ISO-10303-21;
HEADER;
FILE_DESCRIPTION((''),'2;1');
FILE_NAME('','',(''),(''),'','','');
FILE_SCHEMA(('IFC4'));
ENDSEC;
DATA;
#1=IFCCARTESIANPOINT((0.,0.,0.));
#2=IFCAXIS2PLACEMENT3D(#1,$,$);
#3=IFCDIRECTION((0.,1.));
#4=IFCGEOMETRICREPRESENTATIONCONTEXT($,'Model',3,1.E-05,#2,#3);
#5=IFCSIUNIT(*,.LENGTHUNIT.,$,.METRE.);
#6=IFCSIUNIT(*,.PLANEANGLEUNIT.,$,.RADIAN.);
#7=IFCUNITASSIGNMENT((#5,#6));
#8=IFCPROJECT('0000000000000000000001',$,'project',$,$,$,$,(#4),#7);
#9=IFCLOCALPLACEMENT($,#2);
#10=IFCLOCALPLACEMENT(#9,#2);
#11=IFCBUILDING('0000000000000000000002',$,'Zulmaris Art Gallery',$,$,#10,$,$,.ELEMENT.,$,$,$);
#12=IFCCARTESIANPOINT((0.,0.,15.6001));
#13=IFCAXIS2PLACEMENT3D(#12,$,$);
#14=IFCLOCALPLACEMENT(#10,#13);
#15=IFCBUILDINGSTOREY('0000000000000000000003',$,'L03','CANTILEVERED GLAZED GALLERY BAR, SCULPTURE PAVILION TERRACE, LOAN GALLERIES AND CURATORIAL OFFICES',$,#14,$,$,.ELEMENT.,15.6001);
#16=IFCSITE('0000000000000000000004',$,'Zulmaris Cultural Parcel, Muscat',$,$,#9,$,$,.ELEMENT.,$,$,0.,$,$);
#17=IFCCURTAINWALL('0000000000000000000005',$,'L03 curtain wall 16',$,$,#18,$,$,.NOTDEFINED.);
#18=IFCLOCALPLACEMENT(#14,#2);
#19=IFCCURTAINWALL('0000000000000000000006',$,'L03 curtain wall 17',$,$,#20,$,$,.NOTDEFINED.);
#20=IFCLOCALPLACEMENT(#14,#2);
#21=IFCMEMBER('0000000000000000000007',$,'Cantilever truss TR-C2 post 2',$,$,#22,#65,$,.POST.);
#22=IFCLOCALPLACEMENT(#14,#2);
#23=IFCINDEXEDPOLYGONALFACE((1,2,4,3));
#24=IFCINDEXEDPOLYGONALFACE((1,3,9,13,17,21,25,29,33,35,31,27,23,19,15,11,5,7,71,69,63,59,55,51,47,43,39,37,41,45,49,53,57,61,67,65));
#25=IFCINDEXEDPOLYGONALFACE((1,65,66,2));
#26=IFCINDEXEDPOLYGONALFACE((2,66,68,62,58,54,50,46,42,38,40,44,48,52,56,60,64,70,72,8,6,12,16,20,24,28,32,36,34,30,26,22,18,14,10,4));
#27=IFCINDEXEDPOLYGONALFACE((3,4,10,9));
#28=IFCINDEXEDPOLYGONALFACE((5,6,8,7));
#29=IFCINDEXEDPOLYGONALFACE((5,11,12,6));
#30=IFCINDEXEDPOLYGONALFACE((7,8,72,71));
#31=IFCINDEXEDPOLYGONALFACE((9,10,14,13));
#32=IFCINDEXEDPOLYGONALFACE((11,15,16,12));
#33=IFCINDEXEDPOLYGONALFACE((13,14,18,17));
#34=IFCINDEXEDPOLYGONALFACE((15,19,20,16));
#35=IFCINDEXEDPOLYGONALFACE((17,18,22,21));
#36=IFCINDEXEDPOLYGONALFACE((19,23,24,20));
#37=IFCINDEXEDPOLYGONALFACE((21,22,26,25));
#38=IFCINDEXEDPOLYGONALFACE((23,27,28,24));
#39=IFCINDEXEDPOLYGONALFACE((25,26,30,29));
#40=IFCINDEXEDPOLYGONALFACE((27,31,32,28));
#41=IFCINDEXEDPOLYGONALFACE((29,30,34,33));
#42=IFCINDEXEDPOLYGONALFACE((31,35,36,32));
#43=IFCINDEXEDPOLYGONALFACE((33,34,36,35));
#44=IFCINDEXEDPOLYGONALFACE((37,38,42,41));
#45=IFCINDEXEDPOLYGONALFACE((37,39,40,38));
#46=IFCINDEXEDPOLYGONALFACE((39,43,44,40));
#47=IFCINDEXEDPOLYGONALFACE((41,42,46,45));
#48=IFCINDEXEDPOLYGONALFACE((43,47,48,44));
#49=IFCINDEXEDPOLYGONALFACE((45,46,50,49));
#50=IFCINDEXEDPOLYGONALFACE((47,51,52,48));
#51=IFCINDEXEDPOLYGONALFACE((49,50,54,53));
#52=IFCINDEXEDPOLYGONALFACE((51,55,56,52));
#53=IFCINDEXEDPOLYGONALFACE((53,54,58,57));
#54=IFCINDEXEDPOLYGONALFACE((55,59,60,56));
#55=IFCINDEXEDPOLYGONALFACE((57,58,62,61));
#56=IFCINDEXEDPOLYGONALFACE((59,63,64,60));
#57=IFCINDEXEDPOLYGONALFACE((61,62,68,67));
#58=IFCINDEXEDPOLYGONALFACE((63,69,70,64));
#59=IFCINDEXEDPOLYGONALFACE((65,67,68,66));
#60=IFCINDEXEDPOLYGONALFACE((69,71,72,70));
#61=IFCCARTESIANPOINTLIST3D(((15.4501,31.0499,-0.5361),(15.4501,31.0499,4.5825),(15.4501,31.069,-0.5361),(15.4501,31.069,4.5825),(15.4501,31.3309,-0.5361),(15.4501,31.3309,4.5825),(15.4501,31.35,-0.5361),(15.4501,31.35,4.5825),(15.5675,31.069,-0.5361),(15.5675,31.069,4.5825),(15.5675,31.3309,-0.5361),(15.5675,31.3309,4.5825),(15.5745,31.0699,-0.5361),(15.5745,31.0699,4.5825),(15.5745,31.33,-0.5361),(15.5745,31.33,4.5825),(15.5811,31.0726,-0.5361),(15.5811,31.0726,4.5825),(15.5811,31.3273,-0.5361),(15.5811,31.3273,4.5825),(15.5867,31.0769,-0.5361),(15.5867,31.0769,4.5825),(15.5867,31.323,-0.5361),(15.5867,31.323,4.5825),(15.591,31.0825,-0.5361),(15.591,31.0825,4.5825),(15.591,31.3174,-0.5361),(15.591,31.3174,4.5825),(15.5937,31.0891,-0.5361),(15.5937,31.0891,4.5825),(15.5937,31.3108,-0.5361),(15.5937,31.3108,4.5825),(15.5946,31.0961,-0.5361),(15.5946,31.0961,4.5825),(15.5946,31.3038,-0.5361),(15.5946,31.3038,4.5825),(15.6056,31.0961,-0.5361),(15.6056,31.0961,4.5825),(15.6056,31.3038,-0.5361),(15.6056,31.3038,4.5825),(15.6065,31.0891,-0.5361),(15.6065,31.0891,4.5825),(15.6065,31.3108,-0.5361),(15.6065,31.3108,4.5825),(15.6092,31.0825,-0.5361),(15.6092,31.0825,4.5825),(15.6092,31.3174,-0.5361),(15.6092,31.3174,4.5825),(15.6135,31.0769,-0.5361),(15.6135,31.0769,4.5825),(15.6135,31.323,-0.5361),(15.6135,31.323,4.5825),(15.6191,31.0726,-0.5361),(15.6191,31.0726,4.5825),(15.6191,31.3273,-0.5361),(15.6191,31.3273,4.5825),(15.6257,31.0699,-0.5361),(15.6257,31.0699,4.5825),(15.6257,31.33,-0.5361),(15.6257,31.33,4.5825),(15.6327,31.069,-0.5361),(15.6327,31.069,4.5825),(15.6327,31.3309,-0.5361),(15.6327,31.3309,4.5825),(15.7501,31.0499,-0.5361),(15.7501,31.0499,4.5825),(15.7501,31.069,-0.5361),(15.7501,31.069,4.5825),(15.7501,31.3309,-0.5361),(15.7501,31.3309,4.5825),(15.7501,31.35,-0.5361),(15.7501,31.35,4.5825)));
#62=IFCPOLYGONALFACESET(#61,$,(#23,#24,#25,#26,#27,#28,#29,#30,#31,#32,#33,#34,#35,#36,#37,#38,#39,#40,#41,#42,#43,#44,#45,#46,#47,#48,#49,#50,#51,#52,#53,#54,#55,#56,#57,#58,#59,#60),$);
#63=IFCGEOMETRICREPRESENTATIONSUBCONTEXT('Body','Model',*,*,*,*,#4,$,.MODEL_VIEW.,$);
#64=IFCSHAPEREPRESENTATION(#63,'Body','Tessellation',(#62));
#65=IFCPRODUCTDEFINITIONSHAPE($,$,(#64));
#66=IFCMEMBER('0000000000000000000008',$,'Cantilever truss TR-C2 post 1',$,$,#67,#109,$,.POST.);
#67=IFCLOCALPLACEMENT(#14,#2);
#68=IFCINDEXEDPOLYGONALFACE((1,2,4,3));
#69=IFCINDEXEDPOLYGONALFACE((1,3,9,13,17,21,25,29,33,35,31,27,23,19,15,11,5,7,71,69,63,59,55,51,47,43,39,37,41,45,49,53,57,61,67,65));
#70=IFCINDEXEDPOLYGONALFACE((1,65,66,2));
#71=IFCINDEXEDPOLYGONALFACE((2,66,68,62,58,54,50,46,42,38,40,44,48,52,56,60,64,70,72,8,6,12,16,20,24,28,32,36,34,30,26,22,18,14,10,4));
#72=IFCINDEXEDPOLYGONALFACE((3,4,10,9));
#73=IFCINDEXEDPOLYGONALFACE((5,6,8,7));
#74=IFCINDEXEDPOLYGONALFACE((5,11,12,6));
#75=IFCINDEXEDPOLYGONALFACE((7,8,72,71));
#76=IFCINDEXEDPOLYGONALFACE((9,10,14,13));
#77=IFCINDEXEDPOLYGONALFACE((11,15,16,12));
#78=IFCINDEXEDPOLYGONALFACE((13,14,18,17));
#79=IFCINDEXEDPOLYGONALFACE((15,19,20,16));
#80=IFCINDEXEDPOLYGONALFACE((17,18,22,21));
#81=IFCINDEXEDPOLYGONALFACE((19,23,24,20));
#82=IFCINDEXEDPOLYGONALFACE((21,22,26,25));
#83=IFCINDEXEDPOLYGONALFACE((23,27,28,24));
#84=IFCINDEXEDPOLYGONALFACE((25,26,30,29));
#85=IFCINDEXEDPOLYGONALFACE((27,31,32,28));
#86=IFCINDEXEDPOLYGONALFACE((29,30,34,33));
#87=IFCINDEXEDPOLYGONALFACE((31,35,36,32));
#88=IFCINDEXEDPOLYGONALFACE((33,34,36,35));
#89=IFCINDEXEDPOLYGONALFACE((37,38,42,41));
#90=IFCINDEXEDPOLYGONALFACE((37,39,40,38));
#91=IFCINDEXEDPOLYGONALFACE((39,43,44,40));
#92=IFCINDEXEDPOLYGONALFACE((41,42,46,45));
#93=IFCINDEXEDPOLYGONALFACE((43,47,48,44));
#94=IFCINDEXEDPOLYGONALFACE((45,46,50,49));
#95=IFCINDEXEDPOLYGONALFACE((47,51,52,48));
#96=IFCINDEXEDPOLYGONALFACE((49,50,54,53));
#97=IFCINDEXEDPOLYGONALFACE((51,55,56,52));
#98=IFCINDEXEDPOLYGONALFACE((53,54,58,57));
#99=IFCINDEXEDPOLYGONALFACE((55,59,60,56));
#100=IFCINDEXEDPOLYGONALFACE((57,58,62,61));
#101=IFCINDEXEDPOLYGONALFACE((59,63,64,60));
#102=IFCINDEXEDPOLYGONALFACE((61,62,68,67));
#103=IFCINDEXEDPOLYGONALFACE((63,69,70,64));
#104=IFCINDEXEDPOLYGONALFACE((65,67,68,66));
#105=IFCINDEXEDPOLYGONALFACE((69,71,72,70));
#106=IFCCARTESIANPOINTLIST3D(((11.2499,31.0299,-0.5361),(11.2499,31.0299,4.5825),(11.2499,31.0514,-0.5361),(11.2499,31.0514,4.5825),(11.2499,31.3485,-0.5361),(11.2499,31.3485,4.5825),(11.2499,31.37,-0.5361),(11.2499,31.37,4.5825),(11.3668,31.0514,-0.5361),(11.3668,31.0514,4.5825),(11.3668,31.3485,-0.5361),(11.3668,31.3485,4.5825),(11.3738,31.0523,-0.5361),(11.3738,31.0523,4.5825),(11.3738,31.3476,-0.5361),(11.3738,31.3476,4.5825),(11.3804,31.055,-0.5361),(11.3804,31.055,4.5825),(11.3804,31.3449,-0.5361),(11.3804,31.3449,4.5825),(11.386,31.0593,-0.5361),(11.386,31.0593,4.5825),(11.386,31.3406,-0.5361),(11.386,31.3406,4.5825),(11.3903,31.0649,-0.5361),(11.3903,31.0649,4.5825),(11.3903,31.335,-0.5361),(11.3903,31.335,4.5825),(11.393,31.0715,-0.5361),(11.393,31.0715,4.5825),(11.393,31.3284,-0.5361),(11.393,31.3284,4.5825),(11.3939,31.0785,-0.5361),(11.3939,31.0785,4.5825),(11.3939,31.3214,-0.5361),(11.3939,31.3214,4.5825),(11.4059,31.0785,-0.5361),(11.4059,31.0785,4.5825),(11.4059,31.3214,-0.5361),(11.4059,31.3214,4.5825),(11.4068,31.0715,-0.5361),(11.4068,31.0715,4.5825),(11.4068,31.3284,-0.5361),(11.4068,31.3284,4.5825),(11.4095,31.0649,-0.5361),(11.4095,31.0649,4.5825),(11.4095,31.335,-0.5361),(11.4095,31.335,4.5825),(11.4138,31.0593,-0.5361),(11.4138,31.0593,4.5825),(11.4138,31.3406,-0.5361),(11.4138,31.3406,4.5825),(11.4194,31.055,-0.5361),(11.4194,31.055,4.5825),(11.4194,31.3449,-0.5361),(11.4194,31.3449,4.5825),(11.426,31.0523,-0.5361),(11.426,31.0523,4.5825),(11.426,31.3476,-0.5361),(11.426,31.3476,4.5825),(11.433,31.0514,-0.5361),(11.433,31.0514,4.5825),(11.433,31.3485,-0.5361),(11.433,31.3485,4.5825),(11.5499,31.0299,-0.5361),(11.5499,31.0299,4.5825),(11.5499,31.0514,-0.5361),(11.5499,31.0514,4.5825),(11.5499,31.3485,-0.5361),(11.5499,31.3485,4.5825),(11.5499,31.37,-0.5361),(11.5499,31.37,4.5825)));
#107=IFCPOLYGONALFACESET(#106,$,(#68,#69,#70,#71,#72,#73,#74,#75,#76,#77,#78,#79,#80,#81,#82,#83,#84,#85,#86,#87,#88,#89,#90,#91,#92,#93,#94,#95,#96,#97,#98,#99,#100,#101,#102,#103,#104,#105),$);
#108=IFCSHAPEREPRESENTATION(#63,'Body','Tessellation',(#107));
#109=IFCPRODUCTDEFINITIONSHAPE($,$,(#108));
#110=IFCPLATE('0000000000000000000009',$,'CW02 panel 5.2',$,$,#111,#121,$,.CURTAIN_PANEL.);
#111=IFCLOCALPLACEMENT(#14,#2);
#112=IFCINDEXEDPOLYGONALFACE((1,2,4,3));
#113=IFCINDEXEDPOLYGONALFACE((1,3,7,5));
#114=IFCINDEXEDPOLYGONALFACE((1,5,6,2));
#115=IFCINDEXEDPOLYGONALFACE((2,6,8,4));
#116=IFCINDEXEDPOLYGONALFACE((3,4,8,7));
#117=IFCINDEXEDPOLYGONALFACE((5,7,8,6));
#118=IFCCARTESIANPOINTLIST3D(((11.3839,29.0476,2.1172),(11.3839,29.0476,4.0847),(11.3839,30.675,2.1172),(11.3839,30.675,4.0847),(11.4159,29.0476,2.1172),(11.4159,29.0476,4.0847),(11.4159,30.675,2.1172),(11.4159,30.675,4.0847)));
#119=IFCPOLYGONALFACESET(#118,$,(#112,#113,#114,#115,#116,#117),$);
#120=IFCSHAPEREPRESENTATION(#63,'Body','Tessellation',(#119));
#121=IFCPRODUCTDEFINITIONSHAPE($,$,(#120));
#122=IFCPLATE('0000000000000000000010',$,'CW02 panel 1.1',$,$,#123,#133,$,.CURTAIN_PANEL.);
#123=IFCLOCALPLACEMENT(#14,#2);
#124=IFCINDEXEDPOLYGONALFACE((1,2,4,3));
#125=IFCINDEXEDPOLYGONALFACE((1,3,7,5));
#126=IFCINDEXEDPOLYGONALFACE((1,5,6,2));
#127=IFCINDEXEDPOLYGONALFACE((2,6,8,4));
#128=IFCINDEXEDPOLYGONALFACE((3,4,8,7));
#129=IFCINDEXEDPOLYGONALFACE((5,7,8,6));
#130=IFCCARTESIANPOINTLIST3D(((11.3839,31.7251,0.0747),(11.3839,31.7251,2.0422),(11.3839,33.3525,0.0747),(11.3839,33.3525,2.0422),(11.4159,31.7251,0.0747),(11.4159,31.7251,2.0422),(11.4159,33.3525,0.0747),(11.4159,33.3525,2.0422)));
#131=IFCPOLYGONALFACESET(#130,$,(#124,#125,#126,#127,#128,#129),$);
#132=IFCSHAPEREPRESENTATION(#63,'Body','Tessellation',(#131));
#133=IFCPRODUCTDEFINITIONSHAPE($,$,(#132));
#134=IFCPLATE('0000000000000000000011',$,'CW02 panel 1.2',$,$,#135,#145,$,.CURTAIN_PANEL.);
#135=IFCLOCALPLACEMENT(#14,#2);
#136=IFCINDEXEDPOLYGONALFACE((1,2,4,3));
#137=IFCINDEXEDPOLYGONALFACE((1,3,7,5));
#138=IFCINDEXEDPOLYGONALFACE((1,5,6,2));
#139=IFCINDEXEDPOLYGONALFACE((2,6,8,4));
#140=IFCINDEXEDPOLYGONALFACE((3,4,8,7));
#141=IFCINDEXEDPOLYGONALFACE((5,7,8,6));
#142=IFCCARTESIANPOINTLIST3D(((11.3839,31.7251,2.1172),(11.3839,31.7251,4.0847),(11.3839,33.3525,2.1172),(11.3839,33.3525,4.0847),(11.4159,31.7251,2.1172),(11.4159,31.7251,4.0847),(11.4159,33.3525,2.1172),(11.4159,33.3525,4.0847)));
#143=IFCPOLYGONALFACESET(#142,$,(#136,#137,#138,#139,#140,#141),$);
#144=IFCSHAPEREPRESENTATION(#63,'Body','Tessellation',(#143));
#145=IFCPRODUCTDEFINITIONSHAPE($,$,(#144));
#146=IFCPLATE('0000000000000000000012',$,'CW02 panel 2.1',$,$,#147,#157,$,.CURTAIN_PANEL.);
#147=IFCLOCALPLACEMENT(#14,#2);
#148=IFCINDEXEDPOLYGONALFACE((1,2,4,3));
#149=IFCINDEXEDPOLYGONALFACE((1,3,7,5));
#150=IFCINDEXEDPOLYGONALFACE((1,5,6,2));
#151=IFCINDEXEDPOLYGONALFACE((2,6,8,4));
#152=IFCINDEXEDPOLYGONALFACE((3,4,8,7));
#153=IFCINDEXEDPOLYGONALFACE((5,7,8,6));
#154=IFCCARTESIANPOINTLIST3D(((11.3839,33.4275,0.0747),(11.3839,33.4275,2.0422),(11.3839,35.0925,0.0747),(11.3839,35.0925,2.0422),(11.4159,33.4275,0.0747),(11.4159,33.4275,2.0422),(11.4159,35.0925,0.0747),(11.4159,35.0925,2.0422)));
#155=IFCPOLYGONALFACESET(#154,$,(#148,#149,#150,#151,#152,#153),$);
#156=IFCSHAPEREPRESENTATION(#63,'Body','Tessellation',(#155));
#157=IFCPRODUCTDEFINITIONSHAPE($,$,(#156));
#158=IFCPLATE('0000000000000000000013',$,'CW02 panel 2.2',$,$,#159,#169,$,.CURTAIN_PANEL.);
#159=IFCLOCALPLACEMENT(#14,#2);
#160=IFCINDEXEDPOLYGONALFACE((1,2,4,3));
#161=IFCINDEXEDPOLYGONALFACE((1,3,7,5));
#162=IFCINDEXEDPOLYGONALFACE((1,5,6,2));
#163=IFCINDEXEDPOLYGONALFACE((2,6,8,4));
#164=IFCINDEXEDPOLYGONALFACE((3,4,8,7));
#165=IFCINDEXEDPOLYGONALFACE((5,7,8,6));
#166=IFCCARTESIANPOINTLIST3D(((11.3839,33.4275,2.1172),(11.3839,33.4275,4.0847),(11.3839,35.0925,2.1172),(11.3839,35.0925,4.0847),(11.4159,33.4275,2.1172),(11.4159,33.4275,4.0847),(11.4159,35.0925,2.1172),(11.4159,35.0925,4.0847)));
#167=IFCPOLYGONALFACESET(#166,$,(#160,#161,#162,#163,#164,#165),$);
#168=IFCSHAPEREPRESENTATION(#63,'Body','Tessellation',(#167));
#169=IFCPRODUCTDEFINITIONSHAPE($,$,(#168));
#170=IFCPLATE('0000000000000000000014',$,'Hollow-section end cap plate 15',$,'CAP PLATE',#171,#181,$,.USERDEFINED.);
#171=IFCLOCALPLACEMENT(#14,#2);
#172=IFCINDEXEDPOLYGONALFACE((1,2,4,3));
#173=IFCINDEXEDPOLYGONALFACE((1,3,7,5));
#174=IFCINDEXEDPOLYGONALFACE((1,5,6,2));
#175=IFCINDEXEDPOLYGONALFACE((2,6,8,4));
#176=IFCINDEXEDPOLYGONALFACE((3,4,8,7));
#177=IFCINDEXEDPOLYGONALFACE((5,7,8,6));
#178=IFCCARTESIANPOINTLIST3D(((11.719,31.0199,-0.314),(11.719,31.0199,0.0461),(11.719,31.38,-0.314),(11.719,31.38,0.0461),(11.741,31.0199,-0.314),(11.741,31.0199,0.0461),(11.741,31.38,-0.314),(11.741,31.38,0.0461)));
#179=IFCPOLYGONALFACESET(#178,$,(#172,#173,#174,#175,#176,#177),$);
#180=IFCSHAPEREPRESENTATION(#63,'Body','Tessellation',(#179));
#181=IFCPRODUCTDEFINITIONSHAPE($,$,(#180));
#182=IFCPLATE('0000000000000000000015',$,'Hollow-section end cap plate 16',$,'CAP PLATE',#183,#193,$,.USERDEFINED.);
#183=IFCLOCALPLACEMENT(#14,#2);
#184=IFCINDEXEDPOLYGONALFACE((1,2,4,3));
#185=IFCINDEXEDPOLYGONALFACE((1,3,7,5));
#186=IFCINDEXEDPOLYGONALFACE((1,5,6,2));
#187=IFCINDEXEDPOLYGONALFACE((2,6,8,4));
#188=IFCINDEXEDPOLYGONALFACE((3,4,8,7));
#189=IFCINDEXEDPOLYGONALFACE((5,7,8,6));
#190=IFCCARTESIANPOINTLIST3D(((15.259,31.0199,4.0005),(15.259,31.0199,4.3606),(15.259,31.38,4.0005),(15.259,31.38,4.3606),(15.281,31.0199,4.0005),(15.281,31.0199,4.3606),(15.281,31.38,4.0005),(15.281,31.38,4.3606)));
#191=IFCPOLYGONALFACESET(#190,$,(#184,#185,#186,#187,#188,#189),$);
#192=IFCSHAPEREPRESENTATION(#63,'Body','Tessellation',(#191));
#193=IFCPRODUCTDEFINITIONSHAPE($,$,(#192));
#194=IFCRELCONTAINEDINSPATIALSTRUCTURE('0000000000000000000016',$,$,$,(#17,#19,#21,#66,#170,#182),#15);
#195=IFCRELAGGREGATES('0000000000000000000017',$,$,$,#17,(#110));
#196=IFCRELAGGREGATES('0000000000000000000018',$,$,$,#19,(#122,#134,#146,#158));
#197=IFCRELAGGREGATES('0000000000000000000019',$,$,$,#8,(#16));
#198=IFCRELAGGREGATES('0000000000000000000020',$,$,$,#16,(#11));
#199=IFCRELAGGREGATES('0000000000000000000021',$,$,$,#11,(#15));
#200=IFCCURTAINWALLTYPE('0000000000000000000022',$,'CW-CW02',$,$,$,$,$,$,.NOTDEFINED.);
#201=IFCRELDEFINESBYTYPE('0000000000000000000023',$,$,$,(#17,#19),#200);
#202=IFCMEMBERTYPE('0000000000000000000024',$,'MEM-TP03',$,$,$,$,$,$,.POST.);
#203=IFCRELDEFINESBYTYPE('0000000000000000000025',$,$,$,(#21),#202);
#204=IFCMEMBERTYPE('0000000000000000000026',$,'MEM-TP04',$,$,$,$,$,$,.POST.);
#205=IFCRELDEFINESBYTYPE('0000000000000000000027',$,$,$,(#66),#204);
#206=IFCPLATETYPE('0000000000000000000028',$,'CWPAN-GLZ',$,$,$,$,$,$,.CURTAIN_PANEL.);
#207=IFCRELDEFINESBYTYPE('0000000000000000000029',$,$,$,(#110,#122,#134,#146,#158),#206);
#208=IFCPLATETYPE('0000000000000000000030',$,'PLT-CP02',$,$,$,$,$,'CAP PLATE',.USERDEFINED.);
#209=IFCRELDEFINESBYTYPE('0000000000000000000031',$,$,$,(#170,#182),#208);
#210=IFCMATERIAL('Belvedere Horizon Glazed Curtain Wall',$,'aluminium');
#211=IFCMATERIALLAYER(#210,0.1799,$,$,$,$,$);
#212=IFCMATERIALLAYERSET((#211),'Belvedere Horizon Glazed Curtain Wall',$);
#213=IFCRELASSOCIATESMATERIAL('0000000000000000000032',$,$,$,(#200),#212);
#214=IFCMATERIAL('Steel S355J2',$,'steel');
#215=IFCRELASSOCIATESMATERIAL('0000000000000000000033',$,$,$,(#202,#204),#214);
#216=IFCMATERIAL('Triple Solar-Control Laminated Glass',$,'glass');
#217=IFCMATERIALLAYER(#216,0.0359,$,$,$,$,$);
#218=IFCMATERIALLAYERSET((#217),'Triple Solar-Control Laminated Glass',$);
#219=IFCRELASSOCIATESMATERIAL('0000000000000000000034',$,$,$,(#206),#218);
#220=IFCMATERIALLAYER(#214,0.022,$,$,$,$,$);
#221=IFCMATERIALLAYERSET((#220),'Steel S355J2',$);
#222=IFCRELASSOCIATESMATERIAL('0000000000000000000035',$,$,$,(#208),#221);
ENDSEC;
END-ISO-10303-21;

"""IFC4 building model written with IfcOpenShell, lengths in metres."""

from ifc_helpers import new_model, si_unit, direction, frame, origin, origin_2d, place, context, subcontext, project, spatial, rectangle, i_section, extrude, material, layer, layer_set, material_profile, profile_set, type_object, element, aggregate, save


model = new_model("IFC4")

# Units and contexts
model_context = context("Model", 3, precision=1e-05, world=origin(), true_north=direction((0.0, 1.0)))
body_context = subcontext(model_context, "Body", "Model", "MODEL_VIEW")
ifc_project = project(units=[si_unit("LENGTHUNIT", "METRE"), si_unit("PLANEANGLEUNIT", "RADIAN")], contexts=[model_context])

# Site, building, storey
site_placement = place(None, origin())
site = spatial("IfcSite", under=ifc_project, at=site_placement, Name="Zulmaris Cultural Parcel, Muscat", CompositionType="ELEMENT", RefElevation=0.0)
building_placement = place(site_placement, origin())
building = spatial("IfcBuilding", under=site, at=building_placement, Name="Zulmaris Art Gallery", CompositionType="ELEMENT")
storey_placement = place(building_placement, frame((0.0, 0.0, 15.6001)))
storey = spatial("IfcBuildingStorey", under=building, at=storey_placement, Name="L03", Description="CANTILEVERED GLAZED GALLERY BAR, SCULPTURE PAVILION TERRACE, LOAN GALLERIES AND CURATORIAL OFFICES", CompositionType="ELEMENT", Elevation=15.6001)

# Shared definitions
ifc_material_1 = material(Name="Steel S355J2", Category="steel")

# Curtain wall
ifc_material_2 = material(Name="Belvedere Horizon Glazed Curtain Wall", Category="aluminium")
ifc_layer_1 = layer(ifc_material_2, 0.1799)
ifc_layer_set_1 = layer_set([ifc_layer_1], Name="Belvedere Horizon Glazed Curtain Wall")
curtain_wall_type = type_object("IfcCurtainWallType", Name="CW-CW02", PredefinedType="NOTDEFINED", material=ifc_layer_set_1)
curtain_wall_1_placement = place(storey_placement, origin())
curtain_wall_1 = element("IfcCurtainWall", 1, at=curtain_wall_1_placement, inside=storey, type_object=curtain_wall_type, Name="L03 curtain wall 16", PredefinedType="NOTDEFINED")

# Curtain wall
curtain_wall_2_placement = place(storey_placement, origin())
curtain_wall_2 = element("IfcCurtainWall", 2, at=curtain_wall_2_placement, inside=storey, type_object=curtain_wall_type, Name="L03 curtain wall 17", PredefinedType="NOTDEFINED")

# Members
ifc_material_profile_1 = material_profile(ifc_material_1, i_section(OverallWidth=0.3, OverallDepth=0.3, WebThickness=0.011, FlangeThickness=0.019, FilletRadius=0.0271, at=origin_2d()), Name="HEB 300")
ifc_profile_set_1 = profile_set([ifc_material_profile_1], Name="Steel S355J2")
member_type_1 = type_object("IfcMemberType", Name="MEM-TP03", PredefinedType="POST", material=ifc_profile_set_1)
member_1_placement = place(storey_placement, frame((15.6001, 31.2, -0.5361), z_axis=(0.0, 0.0, 1.0), x_axis=(1.0, 0.0, 0.0)))
element("IfcMember", 3, at=member_1_placement, inside=storey, type_object=member_type_1, Name="Cantilever truss TR-C2 post 2", PredefinedType="POST", context=body_context, shape_type="SweptSolid", body=[
    extrude(i_section(OverallWidth=0.3, OverallDepth=0.3, WebThickness=0.011, FlangeThickness=0.019, FilletRadius=0.0271, at=origin_2d()), origin(), (0.0, 0.0, 1.0), 5.1187),
])
ifc_material_profile_2 = material_profile(ifc_material_1, i_section(OverallWidth=0.3, OverallDepth=0.3401, WebThickness=0.012, FlangeThickness=0.0215, FilletRadius=0.0271, at=origin_2d()), Name="HEB 340")
ifc_profile_set_2 = profile_set([ifc_material_profile_2], Name="Steel S355J2")
member_type_2 = type_object("IfcMemberType", Name="MEM-TP04", PredefinedType="POST", material=ifc_profile_set_2)
member_2_placement = place(storey_placement, frame((11.3999, 31.2, -0.5361), z_axis=(0.0, 0.0, 1.0), x_axis=(1.0, 0.0, 0.0)))
element("IfcMember", 4, at=member_2_placement, inside=storey, type_object=member_type_2, Name="Cantilever truss TR-C2 post 1", PredefinedType="POST", context=body_context, shape_type="SweptSolid", body=[
    extrude(i_section(OverallWidth=0.3, OverallDepth=0.3401, WebThickness=0.012, FlangeThickness=0.0215, FilletRadius=0.0271, at=origin_2d()), origin(), (0.0, 0.0, 1.0), 5.1187),
])

# Plates
ifc_material_3 = material(Name="Triple Solar-Control Laminated Glass", Category="glass")
ifc_layer_2 = layer(ifc_material_3, 0.0359)
ifc_layer_set_2 = layer_set([ifc_layer_2], Name="Triple Solar-Control Laminated Glass")
plate_type_1 = type_object("IfcPlateType", Name="CWPAN-GLZ", PredefinedType="CURTAIN_PANEL", material=ifc_layer_set_2)
plate_1_placement = place(storey_placement, frame((11.3999, 29.8613, 2.1172), z_axis=(0.0, 0.0, 1.0), x_axis=(0.0, 1.0, 0.0)))
plate_1 = element("IfcPlate", 5, at=plate_1_placement, type_object=plate_type_1, Name="CW02 panel 5.2", PredefinedType="CURTAIN_PANEL", context=body_context, shape_type="SweptSolid", body=[
    extrude(rectangle(XDim=1.6274, YDim=0.032, at=origin_2d()), origin(), (0.0, 0.0, 1.0), 1.9675),
])
aggregate(curtain_wall_1, [plate_1])
plate_2_placement = place(storey_placement, frame((11.3999, 32.5388, 0.0747), z_axis=(0.0, 0.0, 1.0), x_axis=(0.0, 1.0, 0.0)))
plate_2 = element("IfcPlate", 6, at=plate_2_placement, type_object=plate_type_1, Name="CW02 panel 1.1", PredefinedType="CURTAIN_PANEL", context=body_context, shape_type="SweptSolid", body=[
    extrude(rectangle(XDim=1.6274, YDim=0.032, at=origin_2d()), origin(), (0.0, 0.0, 1.0), 1.9675),
])
plate_3_placement = place(storey_placement, frame((11.3999, 32.5388, 2.1172), z_axis=(0.0, 0.0, 1.0), x_axis=(0.0, 1.0, 0.0)))
plate_3 = element("IfcPlate", 7, at=plate_3_placement, type_object=plate_type_1, Name="CW02 panel 1.2", PredefinedType="CURTAIN_PANEL", context=body_context, shape_type="SweptSolid", body=[
    extrude(rectangle(XDim=1.6274, YDim=0.032, at=origin_2d()), origin(), (0.0, 0.0, 1.0), 1.9675),
])
plate_4_placement = place(storey_placement, frame((11.3999, 34.26, 0.0747), z_axis=(0.0, 0.0, 1.0), x_axis=(0.0, 1.0, 0.0)))
plate_4 = element("IfcPlate", 8, at=plate_4_placement, type_object=plate_type_1, Name="CW02 panel 2.1", PredefinedType="CURTAIN_PANEL", context=body_context, shape_type="SweptSolid", body=[
    extrude(rectangle(XDim=1.665, YDim=0.032, at=origin_2d()), origin(), (0.0, 0.0, 1.0), 1.9675),
])
plate_5_placement = place(storey_placement, frame((11.3999, 34.26, 2.1172), z_axis=(0.0, 0.0, 1.0), x_axis=(0.0, 1.0, 0.0)))
plate_5 = element("IfcPlate", 9, at=plate_5_placement, type_object=plate_type_1, Name="CW02 panel 2.2", PredefinedType="CURTAIN_PANEL", context=body_context, shape_type="SweptSolid", body=[
    extrude(rectangle(XDim=1.665, YDim=0.032, at=origin_2d()), origin(), (0.0, 0.0, 1.0), 1.9675),
])
aggregate(curtain_wall_2, [plate_2, plate_3, plate_4, plate_5])

# Plates
ifc_layer_3 = layer(ifc_material_1, 0.022)
ifc_layer_set_3 = layer_set([ifc_layer_3], Name="Steel S355J2")
plate_type_2 = type_object("IfcPlateType", Name="PLT-CP02", ElementType="CAP PLATE", PredefinedType="USERDEFINED", material=ifc_layer_set_3)
for number, where, z_axis, x_axis, name in (
    (10, (11.73, 31.2, -0.314), (0.0, 0.0, 1.0), (1.0, 0.0, 0.0), "Hollow-section end cap plate 15"),
    (11, (15.27, 31.2, 4.0005), (0.0, 0.0, 1.0), (1.0, 0.0, 0.0), "Hollow-section end cap plate 16"),
):
    element("IfcPlate", number, at=place(storey_placement, frame(where, z_axis=z_axis, x_axis=x_axis)), inside=storey, type_object=plate_type_2, Name=name, ObjectType="CAP PLATE", PredefinedType="USERDEFINED", context=body_context, shape_type="SweptSolid", body=[
        extrude(rectangle(XDim=0.022, YDim=0.3601, at=origin_2d()), origin(), (0.0, 0.0, 1.0), 0.3601),
    ])

save(model, "model.ifc")
